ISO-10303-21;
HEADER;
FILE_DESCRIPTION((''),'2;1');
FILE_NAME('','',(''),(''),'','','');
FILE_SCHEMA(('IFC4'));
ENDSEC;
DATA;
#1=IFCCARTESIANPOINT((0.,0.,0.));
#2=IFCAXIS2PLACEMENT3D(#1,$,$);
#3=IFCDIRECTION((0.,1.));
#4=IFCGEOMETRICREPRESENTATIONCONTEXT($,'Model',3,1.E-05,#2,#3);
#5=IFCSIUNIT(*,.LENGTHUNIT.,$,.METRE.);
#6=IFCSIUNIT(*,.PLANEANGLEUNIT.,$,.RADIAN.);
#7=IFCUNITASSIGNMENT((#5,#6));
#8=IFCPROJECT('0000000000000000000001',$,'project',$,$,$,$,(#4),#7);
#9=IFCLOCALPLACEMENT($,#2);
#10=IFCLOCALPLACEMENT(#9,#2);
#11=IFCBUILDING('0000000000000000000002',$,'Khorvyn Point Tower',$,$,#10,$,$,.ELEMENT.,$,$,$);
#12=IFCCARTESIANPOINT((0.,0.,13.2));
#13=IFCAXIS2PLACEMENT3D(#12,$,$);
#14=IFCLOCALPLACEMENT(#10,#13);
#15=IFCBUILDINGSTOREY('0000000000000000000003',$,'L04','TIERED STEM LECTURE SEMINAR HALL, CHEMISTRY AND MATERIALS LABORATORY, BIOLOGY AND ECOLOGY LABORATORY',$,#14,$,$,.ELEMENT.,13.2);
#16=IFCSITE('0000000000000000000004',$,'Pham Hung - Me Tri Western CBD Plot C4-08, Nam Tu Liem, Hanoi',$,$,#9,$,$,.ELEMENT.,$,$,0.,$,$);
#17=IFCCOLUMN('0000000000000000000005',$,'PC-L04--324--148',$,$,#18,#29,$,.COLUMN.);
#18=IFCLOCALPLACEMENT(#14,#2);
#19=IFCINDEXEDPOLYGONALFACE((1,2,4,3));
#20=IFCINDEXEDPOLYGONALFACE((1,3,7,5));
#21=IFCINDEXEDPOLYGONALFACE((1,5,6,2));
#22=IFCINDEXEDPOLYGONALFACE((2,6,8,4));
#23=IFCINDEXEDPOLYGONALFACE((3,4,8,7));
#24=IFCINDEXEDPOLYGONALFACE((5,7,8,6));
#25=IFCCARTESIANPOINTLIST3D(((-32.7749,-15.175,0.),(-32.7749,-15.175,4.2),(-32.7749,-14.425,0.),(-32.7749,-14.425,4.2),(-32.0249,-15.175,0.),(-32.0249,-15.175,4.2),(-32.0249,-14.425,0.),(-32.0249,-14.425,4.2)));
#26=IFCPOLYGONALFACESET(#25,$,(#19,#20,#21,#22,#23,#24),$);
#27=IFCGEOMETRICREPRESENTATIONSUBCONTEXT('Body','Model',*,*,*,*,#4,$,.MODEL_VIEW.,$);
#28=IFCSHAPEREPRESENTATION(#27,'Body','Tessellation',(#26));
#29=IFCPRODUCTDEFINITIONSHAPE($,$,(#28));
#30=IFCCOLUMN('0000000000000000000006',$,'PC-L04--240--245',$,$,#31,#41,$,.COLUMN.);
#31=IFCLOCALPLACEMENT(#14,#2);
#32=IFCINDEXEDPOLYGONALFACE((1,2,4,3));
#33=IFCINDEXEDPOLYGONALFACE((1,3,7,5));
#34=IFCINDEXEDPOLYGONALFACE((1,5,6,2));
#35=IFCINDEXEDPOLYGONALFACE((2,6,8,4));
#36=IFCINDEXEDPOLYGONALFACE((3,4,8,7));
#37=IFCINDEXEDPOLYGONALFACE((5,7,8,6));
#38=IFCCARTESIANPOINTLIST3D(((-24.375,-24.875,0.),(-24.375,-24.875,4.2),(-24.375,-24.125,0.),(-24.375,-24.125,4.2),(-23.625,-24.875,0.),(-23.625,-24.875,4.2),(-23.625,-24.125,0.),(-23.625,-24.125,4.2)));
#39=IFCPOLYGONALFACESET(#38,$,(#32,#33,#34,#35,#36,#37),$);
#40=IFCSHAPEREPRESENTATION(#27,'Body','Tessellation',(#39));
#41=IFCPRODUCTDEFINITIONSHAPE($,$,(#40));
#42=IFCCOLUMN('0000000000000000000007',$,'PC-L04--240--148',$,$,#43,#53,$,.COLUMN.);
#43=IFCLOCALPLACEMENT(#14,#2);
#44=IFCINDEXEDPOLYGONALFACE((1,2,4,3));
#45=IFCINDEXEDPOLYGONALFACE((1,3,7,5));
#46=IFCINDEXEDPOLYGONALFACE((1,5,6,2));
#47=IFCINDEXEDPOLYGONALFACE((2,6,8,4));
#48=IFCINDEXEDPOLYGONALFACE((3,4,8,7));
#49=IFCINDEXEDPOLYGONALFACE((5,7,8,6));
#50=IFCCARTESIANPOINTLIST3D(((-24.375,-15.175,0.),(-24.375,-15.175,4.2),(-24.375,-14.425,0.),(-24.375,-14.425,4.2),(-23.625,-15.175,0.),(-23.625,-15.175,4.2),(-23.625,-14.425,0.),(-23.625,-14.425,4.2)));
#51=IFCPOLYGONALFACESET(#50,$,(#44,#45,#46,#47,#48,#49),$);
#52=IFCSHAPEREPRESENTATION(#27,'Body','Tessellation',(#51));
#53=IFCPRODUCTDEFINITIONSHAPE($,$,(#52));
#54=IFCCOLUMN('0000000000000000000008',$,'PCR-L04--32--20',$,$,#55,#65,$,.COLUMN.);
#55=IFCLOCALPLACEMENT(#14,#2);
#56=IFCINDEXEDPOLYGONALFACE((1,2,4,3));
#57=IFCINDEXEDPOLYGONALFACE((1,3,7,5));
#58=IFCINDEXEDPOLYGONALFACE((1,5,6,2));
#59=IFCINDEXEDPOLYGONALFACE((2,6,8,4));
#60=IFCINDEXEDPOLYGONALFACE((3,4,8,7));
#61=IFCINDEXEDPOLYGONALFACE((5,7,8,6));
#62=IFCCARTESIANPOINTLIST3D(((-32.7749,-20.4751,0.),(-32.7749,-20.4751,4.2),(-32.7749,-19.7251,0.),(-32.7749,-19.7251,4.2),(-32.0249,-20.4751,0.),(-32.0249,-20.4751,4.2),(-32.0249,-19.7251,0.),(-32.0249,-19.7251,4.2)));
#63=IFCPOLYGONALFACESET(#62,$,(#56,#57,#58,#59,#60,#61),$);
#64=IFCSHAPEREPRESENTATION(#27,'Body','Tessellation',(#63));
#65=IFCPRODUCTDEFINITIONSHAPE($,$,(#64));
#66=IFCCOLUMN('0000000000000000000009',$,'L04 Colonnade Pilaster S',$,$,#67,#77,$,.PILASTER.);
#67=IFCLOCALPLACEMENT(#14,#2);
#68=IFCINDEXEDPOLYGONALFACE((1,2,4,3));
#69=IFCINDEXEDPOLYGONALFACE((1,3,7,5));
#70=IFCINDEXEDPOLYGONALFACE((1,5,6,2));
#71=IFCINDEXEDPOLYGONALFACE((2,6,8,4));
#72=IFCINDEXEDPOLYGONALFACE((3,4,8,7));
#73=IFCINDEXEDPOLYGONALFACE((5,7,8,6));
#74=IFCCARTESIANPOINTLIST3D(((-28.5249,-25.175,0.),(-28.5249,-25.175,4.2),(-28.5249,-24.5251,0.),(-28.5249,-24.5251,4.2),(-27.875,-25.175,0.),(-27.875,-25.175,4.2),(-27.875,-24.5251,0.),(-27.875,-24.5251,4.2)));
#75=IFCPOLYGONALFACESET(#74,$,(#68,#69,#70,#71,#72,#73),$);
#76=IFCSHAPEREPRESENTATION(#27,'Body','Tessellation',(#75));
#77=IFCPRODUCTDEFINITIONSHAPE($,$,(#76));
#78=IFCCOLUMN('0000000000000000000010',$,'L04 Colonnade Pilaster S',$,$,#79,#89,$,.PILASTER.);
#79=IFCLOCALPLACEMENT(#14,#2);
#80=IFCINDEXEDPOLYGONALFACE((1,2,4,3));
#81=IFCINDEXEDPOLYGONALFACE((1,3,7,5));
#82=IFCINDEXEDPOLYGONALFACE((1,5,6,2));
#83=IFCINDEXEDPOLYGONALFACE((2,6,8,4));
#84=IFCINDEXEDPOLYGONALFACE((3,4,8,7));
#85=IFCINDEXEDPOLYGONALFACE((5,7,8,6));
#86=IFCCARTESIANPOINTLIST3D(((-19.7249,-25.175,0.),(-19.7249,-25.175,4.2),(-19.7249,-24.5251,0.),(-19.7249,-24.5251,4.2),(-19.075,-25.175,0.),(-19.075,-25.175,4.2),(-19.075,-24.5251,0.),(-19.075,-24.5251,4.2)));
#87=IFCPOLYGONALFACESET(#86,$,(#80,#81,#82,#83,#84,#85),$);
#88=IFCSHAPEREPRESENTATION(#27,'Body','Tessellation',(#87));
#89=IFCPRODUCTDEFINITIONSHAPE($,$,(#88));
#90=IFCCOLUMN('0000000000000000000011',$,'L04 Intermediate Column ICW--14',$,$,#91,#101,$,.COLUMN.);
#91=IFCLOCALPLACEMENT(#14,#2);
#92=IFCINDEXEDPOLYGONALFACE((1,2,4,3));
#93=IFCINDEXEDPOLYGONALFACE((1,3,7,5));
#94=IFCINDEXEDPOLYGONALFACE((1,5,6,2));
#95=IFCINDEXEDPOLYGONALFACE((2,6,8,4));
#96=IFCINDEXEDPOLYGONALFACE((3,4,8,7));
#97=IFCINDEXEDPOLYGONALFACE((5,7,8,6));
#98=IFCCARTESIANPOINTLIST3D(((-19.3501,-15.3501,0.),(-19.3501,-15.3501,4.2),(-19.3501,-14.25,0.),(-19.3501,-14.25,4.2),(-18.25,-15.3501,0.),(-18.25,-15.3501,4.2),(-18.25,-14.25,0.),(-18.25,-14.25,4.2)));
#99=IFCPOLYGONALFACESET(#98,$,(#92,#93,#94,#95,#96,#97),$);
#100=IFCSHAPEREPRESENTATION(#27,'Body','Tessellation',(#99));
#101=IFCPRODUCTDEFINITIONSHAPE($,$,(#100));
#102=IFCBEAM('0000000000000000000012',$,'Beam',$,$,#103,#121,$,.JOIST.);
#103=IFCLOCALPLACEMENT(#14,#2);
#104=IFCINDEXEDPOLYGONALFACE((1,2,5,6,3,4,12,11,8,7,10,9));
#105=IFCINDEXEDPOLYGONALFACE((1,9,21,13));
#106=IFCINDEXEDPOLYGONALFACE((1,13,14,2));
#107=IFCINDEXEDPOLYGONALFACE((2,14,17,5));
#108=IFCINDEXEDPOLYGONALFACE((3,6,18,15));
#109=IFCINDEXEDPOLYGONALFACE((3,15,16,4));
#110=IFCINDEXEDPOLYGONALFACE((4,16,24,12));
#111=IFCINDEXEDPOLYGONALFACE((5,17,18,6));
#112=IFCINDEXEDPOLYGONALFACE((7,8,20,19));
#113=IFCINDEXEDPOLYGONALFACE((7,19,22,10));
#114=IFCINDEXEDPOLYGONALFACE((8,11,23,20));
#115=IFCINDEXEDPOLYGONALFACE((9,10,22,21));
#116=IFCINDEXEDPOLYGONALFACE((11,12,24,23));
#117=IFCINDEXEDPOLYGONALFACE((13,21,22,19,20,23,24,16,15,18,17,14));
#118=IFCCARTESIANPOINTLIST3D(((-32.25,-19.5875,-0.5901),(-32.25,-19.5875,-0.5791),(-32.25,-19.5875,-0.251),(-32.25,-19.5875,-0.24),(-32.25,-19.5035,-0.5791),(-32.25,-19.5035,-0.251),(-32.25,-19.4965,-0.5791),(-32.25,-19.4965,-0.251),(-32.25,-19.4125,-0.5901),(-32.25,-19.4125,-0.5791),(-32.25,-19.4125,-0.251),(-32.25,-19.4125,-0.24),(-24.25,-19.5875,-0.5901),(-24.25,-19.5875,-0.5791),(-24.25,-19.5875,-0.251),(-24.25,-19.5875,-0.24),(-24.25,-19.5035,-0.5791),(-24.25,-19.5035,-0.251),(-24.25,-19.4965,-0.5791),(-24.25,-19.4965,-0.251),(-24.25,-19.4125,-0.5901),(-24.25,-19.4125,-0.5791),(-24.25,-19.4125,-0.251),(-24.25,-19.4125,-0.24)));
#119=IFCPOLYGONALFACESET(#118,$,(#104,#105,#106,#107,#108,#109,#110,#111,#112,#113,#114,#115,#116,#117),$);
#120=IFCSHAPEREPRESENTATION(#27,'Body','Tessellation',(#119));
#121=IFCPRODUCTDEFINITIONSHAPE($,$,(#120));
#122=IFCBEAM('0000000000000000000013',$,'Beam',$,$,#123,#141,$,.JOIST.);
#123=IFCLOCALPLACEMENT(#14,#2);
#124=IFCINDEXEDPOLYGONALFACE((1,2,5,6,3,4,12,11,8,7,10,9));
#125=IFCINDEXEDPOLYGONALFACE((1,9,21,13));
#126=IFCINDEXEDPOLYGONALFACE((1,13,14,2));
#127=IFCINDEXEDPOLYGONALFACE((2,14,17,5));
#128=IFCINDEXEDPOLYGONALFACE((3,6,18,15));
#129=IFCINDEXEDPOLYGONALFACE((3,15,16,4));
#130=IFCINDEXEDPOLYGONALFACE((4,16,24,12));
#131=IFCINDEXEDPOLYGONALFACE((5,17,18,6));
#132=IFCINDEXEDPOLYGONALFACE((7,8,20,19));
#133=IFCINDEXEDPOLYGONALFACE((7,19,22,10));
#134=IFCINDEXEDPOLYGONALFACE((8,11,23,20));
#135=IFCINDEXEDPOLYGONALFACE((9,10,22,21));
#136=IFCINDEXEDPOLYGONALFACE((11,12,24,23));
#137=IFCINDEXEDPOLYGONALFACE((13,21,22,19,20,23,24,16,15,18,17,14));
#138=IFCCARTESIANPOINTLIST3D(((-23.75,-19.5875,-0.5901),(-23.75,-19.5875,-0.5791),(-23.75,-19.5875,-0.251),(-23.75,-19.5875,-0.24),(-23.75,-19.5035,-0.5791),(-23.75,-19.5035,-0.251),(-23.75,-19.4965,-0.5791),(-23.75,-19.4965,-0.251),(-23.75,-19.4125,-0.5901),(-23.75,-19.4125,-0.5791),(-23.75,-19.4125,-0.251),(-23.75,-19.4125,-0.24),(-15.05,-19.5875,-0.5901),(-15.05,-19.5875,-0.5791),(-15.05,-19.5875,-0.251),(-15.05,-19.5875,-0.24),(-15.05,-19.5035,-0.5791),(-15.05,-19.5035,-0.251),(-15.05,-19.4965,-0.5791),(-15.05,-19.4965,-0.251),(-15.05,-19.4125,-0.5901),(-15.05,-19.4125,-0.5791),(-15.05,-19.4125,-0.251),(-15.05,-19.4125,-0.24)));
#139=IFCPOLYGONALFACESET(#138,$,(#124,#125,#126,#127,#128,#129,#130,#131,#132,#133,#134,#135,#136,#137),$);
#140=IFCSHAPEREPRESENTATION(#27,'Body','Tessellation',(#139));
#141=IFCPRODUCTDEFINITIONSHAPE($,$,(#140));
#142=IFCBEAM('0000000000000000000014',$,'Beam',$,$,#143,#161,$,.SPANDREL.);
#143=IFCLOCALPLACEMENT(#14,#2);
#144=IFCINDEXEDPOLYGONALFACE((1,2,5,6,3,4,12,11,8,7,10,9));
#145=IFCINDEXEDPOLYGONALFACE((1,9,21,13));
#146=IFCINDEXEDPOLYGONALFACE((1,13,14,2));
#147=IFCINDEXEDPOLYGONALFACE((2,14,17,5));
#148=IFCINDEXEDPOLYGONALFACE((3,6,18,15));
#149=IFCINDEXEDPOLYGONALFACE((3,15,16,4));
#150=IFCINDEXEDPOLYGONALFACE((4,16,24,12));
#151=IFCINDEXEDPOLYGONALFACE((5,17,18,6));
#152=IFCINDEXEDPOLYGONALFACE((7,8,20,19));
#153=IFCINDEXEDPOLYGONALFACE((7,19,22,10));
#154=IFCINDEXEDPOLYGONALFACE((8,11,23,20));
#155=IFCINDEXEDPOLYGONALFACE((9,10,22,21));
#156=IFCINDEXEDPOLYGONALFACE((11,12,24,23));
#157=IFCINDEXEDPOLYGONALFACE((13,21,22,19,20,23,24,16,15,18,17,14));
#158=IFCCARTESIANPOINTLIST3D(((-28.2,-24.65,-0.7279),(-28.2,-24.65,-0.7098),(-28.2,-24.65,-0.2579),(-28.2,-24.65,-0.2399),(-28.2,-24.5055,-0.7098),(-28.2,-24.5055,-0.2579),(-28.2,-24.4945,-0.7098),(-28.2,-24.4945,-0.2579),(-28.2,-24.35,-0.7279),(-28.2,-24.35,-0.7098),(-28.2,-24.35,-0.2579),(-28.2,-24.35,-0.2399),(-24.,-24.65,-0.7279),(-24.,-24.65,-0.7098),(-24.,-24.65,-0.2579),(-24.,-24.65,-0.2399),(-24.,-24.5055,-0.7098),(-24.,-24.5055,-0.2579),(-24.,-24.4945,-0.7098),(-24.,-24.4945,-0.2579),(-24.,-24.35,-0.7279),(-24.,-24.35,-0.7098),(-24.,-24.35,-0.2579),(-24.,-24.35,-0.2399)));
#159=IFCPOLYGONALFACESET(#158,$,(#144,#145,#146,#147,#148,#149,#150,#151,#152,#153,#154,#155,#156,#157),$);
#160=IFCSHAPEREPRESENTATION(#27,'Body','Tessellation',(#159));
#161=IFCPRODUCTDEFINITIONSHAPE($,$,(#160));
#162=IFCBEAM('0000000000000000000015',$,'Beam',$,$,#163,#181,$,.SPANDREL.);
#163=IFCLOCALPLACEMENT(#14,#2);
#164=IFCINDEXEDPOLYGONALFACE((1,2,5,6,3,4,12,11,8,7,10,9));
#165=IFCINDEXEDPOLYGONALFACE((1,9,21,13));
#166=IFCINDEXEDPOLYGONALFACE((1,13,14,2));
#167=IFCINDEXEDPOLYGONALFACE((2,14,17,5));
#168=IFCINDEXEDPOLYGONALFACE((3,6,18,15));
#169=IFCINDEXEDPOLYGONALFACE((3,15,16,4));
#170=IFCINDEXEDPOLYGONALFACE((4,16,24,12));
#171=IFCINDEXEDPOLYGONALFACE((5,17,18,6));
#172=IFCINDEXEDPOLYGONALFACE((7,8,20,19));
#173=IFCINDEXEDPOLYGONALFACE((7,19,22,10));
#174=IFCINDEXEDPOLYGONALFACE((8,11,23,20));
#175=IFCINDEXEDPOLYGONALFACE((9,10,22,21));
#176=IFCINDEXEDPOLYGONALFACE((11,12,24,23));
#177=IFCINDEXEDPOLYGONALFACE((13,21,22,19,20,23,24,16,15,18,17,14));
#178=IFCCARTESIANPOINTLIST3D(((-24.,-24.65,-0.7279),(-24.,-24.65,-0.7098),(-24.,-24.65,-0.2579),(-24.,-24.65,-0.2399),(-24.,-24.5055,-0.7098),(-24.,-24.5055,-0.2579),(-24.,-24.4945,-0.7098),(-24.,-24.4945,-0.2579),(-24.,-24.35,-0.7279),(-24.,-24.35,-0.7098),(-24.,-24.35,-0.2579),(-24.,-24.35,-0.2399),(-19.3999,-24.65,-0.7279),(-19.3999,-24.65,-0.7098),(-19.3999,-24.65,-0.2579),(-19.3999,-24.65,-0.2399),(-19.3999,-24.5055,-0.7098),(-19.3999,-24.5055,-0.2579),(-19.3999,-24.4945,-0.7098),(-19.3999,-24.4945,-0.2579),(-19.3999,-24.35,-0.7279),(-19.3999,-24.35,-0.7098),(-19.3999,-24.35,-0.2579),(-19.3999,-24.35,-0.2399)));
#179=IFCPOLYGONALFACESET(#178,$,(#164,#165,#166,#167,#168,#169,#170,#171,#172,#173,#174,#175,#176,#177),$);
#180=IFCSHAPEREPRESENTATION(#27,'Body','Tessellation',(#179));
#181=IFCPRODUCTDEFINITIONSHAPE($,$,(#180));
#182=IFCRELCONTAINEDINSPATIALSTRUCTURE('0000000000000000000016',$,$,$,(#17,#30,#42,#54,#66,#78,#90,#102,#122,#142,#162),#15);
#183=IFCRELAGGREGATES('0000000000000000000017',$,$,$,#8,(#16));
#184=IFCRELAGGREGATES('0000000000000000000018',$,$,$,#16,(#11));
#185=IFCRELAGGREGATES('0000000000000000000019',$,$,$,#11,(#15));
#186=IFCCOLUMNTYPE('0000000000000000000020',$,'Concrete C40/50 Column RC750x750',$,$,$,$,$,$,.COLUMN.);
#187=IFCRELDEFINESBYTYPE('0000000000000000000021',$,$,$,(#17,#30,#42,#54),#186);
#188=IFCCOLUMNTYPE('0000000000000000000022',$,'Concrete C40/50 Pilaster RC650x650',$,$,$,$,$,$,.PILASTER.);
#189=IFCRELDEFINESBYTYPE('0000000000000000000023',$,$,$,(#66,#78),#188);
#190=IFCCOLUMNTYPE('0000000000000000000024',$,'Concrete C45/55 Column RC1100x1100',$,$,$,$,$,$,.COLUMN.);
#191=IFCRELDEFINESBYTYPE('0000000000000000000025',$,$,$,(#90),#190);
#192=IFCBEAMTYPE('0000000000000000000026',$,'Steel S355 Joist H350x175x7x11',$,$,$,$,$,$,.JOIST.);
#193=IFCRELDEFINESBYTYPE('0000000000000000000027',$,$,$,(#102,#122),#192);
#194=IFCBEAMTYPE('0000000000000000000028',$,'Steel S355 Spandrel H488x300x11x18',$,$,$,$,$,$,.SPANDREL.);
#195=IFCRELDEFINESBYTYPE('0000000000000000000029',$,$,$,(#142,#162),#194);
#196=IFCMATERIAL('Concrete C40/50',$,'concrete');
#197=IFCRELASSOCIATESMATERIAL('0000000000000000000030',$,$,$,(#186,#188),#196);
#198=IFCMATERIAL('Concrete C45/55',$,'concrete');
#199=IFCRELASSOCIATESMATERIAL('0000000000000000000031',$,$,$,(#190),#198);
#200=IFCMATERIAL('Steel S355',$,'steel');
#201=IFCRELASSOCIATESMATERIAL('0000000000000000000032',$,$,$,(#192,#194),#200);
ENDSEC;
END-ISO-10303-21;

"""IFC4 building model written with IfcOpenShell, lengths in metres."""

from ifc_helpers import new_model, si_unit, direction, frame, origin, origin_2d, place, context, subcontext, project, spatial, rectangle, i_section, extrude, material, material_profile, profile_set, type_object, element, save


model = new_model("IFC4")

# Units and contexts
model_context = context("Model", 3, precision=1e-05, world=origin(), true_north=direction((0.0, 1.0)))
body_context = subcontext(model_context, "Body", "Model", "MODEL_VIEW")
ifc_project = project(units=[si_unit("LENGTHUNIT", "METRE"), si_unit("PLANEANGLEUNIT", "RADIAN")], contexts=[model_context])

# Site, building, storey
site_placement = place(None, origin())
site = spatial("IfcSite", under=ifc_project, at=site_placement, Name="Pham Hung - Me Tri Western CBD Plot C4-08, Nam Tu Liem, Hanoi", CompositionType="ELEMENT", RefElevation=0.0)
building_placement = place(site_placement, origin())
building = spatial("IfcBuilding", under=site, at=building_placement, Name="Khorvyn Point Tower", CompositionType="ELEMENT")
storey_placement = place(building_placement, frame((0.0, 0.0, 13.2)))
storey = spatial("IfcBuildingStorey", under=building, at=storey_placement, Name="L04", Description="TIERED STEM LECTURE SEMINAR HALL, CHEMISTRY AND MATERIALS LABORATORY, BIOLOGY AND ECOLOGY LABORATORY", CompositionType="ELEMENT", Elevation=13.2)

# Columns
ifc_material_1 = material(Name="Concrete C40/50", Category="concrete")
ifc_material_profile_1 = material_profile(ifc_material_1, rectangle(XDim=0.75, YDim=0.75, at=origin_2d()))
ifc_profile_set_1 = profile_set([ifc_material_profile_1], Name="Concrete C40/50 RC750x750")
column_type_1 = type_object("IfcColumnType", Name="Concrete C40/50 Column RC750x750", PredefinedType="COLUMN", material=ifc_profile_set_1)
for number, where, z_axis, x_axis, name in (
    (1, (-32.3999, -14.8, 0.0), (0.0, 0.0, 1.0), (1.0, 0.0, 0.0), "PC-L04--324--148"),
    (2, (-24.0, -24.5, 0.0), (0.0, 0.0, 1.0), (1.0, 0.0, 0.0), "PC-L04--240--245"),
    (3, (-24.0, -14.8, 0.0), (0.0, 0.0, 1.0), (1.0, 0.0, 0.0), "PC-L04--240--148"),
    (4, (-32.3999, -20.1001, 0.0), (0.0, 0.0, 1.0), (1.0, 0.0, 0.0), "PCR-L04--32--20"),
):
    element("IfcColumn", number, at=place(storey_placement, frame(where, z_axis=z_axis, x_axis=x_axis)), inside=storey, type_object=column_type_1, Name=name, PredefinedType="COLUMN", context=body_context, shape_type="SweptSolid", body=[
        extrude(rectangle(XDim=0.75, YDim=0.75, at=origin_2d()), origin(), (0.0, 0.0, 1.0), 4.2),
    ])
ifc_material_profile_2 = material_profile(ifc_material_1, rectangle(XDim=0.6499, YDim=0.6499, at=origin_2d()))
ifc_profile_set_2 = profile_set([ifc_material_profile_2], Name="Concrete C40/50 RC650x650")
column_type_2 = type_object("IfcColumnType", Name="Concrete C40/50 Pilaster RC650x650", PredefinedType="PILASTER", material=ifc_profile_set_2)
for number, where, z_axis, x_axis, name in (
    (5, (-28.2, -24.8501, 0.0), (0.0, 0.0, 1.0), (1.0, 0.0, 0.0), "L04 Colonnade Pilaster S"),
    (6, (-19.3999, -24.8501, 0.0), (0.0, 0.0, 1.0), (1.0, 0.0, 0.0), "L04 Colonnade Pilaster S"),
):
    element("IfcColumn", number, at=place(storey_placement, frame(where, z_axis=z_axis, x_axis=x_axis)), inside=storey, type_object=column_type_2, Name=name, PredefinedType="PILASTER", context=body_context, shape_type="SweptSolid", body=[
        extrude(rectangle(XDim=0.6499, YDim=0.6499, at=origin_2d()), origin(), (0.0, 0.0, 1.0), 4.2),
    ])
ifc_material_2 = material(Name="Concrete C45/55", Category="concrete")
ifc_material_profile_3 = material_profile(ifc_material_2, rectangle(XDim=1.1001, YDim=1.1001, at=origin_2d()))
ifc_profile_set_3 = profile_set([ifc_material_profile_3], Name="Concrete C45/55 RC1100x1100")
column_type_3 = type_object("IfcColumnType", Name="Concrete C45/55 Column RC1100x1100", PredefinedType="COLUMN", material=ifc_profile_set_3)
column_placement = place(storey_placement, frame((-18.8, -14.8, 0.0), z_axis=(0.0, 0.0, 1.0), x_axis=(1.0, 0.0, 0.0)))
element("IfcColumn", 7, at=column_placement, inside=storey, type_object=column_type_3, Name="L04 Intermediate Column ICW--14", PredefinedType="COLUMN", context=body_context, shape_type="SweptSolid", body=[
    extrude(rectangle(XDim=1.1001, YDim=1.1001, at=origin_2d()), origin(), (0.0, 0.0, 1.0), 4.2),
])

# Beams
ifc_material_3 = material(Name="Steel S355", Category="steel")
ifc_material_profile_4 = material_profile(ifc_material_3, i_section(OverallWidth=0.175, OverallDepth=0.3501, WebThickness=0.0071, FlangeThickness=0.011, at=origin_2d()))
ifc_profile_set_4 = profile_set([ifc_material_profile_4], Name="Steel S355 H350x175x7x11")
beam_type_1 = type_object("IfcBeamType", Name="Steel S355 Joist H350x175x7x11", PredefinedType="JOIST", material=ifc_profile_set_4)
beam_1_placement = place(storey_placement, frame((-32.25, -19.5, -0.415), z_axis=(1.0, 0.0, 0.0), x_axis=(0.0, 1.0, 0.0)))
element("IfcBeam", 8, at=beam_1_placement, inside=storey, type_object=beam_type_1, Name="Beam", PredefinedType="JOIST", context=body_context, shape_type="SweptSolid", body=[
    extrude(i_section(OverallWidth=0.175, OverallDepth=0.3501, WebThickness=0.0071, FlangeThickness=0.011, at=origin_2d()), origin(), (0.0, 0.0, 1.0), 8.0),
])
beam_2_placement = place(storey_placement, frame((-23.75, -19.5, -0.415), z_axis=(1.0, 0.0, 0.0), x_axis=(0.0, 1.0, 0.0)))
element("IfcBeam", 9, at=beam_2_placement, inside=storey, type_object=beam_type_1, Name="Beam", PredefinedType="JOIST", context=body_context, shape_type="SweptSolid", body=[
    extrude(i_section(OverallWidth=0.175, OverallDepth=0.3501, WebThickness=0.0071, FlangeThickness=0.011, at=origin_2d()), origin(), (0.0, 0.0, 1.0), 8.7),
])
ifc_material_profile_5 = material_profile(ifc_material_3, i_section(OverallWidth=0.3, OverallDepth=0.488, WebThickness=0.011, FlangeThickness=0.0181, at=origin_2d()))
ifc_profile_set_5 = profile_set([ifc_material_profile_5], Name="Steel S355 H488x300x11x18")
beam_type_2 = type_object("IfcBeamType", Name="Steel S355 Spandrel H488x300x11x18", PredefinedType="SPANDREL", material=ifc_profile_set_5)
beam_3_placement = place(storey_placement, frame((-28.2, -24.5, -0.4839), z_axis=(1.0, 0.0, 0.0), x_axis=(0.0, 1.0, 0.0)))
element("IfcBeam", 10, at=beam_3_placement, inside=storey, type_object=beam_type_2, Name="Beam", PredefinedType="SPANDREL", context=body_context, shape_type="SweptSolid", body=[
    extrude(i_section(OverallWidth=0.3, OverallDepth=0.488, WebThickness=0.011, FlangeThickness=0.0181, at=origin_2d()), origin(), (0.0, 0.0, 1.0), 4.2),
])
beam_4_placement = place(storey_placement, frame((-24.0, -24.5, -0.4839), z_axis=(1.0, 0.0, 0.0), x_axis=(0.0, 1.0, 0.0)))
element("IfcBeam", 11, at=beam_4_placement, inside=storey, type_object=beam_type_2, Name="Beam", PredefinedType="SPANDREL", context=body_context, shape_type="SweptSolid", body=[
    extrude(i_section(OverallWidth=0.3, OverallDepth=0.488, WebThickness=0.011, FlangeThickness=0.0181, at=origin_2d()), origin(), (0.0, 0.0, 1.0), 4.6001),
])

save(model, "model.ifc")
